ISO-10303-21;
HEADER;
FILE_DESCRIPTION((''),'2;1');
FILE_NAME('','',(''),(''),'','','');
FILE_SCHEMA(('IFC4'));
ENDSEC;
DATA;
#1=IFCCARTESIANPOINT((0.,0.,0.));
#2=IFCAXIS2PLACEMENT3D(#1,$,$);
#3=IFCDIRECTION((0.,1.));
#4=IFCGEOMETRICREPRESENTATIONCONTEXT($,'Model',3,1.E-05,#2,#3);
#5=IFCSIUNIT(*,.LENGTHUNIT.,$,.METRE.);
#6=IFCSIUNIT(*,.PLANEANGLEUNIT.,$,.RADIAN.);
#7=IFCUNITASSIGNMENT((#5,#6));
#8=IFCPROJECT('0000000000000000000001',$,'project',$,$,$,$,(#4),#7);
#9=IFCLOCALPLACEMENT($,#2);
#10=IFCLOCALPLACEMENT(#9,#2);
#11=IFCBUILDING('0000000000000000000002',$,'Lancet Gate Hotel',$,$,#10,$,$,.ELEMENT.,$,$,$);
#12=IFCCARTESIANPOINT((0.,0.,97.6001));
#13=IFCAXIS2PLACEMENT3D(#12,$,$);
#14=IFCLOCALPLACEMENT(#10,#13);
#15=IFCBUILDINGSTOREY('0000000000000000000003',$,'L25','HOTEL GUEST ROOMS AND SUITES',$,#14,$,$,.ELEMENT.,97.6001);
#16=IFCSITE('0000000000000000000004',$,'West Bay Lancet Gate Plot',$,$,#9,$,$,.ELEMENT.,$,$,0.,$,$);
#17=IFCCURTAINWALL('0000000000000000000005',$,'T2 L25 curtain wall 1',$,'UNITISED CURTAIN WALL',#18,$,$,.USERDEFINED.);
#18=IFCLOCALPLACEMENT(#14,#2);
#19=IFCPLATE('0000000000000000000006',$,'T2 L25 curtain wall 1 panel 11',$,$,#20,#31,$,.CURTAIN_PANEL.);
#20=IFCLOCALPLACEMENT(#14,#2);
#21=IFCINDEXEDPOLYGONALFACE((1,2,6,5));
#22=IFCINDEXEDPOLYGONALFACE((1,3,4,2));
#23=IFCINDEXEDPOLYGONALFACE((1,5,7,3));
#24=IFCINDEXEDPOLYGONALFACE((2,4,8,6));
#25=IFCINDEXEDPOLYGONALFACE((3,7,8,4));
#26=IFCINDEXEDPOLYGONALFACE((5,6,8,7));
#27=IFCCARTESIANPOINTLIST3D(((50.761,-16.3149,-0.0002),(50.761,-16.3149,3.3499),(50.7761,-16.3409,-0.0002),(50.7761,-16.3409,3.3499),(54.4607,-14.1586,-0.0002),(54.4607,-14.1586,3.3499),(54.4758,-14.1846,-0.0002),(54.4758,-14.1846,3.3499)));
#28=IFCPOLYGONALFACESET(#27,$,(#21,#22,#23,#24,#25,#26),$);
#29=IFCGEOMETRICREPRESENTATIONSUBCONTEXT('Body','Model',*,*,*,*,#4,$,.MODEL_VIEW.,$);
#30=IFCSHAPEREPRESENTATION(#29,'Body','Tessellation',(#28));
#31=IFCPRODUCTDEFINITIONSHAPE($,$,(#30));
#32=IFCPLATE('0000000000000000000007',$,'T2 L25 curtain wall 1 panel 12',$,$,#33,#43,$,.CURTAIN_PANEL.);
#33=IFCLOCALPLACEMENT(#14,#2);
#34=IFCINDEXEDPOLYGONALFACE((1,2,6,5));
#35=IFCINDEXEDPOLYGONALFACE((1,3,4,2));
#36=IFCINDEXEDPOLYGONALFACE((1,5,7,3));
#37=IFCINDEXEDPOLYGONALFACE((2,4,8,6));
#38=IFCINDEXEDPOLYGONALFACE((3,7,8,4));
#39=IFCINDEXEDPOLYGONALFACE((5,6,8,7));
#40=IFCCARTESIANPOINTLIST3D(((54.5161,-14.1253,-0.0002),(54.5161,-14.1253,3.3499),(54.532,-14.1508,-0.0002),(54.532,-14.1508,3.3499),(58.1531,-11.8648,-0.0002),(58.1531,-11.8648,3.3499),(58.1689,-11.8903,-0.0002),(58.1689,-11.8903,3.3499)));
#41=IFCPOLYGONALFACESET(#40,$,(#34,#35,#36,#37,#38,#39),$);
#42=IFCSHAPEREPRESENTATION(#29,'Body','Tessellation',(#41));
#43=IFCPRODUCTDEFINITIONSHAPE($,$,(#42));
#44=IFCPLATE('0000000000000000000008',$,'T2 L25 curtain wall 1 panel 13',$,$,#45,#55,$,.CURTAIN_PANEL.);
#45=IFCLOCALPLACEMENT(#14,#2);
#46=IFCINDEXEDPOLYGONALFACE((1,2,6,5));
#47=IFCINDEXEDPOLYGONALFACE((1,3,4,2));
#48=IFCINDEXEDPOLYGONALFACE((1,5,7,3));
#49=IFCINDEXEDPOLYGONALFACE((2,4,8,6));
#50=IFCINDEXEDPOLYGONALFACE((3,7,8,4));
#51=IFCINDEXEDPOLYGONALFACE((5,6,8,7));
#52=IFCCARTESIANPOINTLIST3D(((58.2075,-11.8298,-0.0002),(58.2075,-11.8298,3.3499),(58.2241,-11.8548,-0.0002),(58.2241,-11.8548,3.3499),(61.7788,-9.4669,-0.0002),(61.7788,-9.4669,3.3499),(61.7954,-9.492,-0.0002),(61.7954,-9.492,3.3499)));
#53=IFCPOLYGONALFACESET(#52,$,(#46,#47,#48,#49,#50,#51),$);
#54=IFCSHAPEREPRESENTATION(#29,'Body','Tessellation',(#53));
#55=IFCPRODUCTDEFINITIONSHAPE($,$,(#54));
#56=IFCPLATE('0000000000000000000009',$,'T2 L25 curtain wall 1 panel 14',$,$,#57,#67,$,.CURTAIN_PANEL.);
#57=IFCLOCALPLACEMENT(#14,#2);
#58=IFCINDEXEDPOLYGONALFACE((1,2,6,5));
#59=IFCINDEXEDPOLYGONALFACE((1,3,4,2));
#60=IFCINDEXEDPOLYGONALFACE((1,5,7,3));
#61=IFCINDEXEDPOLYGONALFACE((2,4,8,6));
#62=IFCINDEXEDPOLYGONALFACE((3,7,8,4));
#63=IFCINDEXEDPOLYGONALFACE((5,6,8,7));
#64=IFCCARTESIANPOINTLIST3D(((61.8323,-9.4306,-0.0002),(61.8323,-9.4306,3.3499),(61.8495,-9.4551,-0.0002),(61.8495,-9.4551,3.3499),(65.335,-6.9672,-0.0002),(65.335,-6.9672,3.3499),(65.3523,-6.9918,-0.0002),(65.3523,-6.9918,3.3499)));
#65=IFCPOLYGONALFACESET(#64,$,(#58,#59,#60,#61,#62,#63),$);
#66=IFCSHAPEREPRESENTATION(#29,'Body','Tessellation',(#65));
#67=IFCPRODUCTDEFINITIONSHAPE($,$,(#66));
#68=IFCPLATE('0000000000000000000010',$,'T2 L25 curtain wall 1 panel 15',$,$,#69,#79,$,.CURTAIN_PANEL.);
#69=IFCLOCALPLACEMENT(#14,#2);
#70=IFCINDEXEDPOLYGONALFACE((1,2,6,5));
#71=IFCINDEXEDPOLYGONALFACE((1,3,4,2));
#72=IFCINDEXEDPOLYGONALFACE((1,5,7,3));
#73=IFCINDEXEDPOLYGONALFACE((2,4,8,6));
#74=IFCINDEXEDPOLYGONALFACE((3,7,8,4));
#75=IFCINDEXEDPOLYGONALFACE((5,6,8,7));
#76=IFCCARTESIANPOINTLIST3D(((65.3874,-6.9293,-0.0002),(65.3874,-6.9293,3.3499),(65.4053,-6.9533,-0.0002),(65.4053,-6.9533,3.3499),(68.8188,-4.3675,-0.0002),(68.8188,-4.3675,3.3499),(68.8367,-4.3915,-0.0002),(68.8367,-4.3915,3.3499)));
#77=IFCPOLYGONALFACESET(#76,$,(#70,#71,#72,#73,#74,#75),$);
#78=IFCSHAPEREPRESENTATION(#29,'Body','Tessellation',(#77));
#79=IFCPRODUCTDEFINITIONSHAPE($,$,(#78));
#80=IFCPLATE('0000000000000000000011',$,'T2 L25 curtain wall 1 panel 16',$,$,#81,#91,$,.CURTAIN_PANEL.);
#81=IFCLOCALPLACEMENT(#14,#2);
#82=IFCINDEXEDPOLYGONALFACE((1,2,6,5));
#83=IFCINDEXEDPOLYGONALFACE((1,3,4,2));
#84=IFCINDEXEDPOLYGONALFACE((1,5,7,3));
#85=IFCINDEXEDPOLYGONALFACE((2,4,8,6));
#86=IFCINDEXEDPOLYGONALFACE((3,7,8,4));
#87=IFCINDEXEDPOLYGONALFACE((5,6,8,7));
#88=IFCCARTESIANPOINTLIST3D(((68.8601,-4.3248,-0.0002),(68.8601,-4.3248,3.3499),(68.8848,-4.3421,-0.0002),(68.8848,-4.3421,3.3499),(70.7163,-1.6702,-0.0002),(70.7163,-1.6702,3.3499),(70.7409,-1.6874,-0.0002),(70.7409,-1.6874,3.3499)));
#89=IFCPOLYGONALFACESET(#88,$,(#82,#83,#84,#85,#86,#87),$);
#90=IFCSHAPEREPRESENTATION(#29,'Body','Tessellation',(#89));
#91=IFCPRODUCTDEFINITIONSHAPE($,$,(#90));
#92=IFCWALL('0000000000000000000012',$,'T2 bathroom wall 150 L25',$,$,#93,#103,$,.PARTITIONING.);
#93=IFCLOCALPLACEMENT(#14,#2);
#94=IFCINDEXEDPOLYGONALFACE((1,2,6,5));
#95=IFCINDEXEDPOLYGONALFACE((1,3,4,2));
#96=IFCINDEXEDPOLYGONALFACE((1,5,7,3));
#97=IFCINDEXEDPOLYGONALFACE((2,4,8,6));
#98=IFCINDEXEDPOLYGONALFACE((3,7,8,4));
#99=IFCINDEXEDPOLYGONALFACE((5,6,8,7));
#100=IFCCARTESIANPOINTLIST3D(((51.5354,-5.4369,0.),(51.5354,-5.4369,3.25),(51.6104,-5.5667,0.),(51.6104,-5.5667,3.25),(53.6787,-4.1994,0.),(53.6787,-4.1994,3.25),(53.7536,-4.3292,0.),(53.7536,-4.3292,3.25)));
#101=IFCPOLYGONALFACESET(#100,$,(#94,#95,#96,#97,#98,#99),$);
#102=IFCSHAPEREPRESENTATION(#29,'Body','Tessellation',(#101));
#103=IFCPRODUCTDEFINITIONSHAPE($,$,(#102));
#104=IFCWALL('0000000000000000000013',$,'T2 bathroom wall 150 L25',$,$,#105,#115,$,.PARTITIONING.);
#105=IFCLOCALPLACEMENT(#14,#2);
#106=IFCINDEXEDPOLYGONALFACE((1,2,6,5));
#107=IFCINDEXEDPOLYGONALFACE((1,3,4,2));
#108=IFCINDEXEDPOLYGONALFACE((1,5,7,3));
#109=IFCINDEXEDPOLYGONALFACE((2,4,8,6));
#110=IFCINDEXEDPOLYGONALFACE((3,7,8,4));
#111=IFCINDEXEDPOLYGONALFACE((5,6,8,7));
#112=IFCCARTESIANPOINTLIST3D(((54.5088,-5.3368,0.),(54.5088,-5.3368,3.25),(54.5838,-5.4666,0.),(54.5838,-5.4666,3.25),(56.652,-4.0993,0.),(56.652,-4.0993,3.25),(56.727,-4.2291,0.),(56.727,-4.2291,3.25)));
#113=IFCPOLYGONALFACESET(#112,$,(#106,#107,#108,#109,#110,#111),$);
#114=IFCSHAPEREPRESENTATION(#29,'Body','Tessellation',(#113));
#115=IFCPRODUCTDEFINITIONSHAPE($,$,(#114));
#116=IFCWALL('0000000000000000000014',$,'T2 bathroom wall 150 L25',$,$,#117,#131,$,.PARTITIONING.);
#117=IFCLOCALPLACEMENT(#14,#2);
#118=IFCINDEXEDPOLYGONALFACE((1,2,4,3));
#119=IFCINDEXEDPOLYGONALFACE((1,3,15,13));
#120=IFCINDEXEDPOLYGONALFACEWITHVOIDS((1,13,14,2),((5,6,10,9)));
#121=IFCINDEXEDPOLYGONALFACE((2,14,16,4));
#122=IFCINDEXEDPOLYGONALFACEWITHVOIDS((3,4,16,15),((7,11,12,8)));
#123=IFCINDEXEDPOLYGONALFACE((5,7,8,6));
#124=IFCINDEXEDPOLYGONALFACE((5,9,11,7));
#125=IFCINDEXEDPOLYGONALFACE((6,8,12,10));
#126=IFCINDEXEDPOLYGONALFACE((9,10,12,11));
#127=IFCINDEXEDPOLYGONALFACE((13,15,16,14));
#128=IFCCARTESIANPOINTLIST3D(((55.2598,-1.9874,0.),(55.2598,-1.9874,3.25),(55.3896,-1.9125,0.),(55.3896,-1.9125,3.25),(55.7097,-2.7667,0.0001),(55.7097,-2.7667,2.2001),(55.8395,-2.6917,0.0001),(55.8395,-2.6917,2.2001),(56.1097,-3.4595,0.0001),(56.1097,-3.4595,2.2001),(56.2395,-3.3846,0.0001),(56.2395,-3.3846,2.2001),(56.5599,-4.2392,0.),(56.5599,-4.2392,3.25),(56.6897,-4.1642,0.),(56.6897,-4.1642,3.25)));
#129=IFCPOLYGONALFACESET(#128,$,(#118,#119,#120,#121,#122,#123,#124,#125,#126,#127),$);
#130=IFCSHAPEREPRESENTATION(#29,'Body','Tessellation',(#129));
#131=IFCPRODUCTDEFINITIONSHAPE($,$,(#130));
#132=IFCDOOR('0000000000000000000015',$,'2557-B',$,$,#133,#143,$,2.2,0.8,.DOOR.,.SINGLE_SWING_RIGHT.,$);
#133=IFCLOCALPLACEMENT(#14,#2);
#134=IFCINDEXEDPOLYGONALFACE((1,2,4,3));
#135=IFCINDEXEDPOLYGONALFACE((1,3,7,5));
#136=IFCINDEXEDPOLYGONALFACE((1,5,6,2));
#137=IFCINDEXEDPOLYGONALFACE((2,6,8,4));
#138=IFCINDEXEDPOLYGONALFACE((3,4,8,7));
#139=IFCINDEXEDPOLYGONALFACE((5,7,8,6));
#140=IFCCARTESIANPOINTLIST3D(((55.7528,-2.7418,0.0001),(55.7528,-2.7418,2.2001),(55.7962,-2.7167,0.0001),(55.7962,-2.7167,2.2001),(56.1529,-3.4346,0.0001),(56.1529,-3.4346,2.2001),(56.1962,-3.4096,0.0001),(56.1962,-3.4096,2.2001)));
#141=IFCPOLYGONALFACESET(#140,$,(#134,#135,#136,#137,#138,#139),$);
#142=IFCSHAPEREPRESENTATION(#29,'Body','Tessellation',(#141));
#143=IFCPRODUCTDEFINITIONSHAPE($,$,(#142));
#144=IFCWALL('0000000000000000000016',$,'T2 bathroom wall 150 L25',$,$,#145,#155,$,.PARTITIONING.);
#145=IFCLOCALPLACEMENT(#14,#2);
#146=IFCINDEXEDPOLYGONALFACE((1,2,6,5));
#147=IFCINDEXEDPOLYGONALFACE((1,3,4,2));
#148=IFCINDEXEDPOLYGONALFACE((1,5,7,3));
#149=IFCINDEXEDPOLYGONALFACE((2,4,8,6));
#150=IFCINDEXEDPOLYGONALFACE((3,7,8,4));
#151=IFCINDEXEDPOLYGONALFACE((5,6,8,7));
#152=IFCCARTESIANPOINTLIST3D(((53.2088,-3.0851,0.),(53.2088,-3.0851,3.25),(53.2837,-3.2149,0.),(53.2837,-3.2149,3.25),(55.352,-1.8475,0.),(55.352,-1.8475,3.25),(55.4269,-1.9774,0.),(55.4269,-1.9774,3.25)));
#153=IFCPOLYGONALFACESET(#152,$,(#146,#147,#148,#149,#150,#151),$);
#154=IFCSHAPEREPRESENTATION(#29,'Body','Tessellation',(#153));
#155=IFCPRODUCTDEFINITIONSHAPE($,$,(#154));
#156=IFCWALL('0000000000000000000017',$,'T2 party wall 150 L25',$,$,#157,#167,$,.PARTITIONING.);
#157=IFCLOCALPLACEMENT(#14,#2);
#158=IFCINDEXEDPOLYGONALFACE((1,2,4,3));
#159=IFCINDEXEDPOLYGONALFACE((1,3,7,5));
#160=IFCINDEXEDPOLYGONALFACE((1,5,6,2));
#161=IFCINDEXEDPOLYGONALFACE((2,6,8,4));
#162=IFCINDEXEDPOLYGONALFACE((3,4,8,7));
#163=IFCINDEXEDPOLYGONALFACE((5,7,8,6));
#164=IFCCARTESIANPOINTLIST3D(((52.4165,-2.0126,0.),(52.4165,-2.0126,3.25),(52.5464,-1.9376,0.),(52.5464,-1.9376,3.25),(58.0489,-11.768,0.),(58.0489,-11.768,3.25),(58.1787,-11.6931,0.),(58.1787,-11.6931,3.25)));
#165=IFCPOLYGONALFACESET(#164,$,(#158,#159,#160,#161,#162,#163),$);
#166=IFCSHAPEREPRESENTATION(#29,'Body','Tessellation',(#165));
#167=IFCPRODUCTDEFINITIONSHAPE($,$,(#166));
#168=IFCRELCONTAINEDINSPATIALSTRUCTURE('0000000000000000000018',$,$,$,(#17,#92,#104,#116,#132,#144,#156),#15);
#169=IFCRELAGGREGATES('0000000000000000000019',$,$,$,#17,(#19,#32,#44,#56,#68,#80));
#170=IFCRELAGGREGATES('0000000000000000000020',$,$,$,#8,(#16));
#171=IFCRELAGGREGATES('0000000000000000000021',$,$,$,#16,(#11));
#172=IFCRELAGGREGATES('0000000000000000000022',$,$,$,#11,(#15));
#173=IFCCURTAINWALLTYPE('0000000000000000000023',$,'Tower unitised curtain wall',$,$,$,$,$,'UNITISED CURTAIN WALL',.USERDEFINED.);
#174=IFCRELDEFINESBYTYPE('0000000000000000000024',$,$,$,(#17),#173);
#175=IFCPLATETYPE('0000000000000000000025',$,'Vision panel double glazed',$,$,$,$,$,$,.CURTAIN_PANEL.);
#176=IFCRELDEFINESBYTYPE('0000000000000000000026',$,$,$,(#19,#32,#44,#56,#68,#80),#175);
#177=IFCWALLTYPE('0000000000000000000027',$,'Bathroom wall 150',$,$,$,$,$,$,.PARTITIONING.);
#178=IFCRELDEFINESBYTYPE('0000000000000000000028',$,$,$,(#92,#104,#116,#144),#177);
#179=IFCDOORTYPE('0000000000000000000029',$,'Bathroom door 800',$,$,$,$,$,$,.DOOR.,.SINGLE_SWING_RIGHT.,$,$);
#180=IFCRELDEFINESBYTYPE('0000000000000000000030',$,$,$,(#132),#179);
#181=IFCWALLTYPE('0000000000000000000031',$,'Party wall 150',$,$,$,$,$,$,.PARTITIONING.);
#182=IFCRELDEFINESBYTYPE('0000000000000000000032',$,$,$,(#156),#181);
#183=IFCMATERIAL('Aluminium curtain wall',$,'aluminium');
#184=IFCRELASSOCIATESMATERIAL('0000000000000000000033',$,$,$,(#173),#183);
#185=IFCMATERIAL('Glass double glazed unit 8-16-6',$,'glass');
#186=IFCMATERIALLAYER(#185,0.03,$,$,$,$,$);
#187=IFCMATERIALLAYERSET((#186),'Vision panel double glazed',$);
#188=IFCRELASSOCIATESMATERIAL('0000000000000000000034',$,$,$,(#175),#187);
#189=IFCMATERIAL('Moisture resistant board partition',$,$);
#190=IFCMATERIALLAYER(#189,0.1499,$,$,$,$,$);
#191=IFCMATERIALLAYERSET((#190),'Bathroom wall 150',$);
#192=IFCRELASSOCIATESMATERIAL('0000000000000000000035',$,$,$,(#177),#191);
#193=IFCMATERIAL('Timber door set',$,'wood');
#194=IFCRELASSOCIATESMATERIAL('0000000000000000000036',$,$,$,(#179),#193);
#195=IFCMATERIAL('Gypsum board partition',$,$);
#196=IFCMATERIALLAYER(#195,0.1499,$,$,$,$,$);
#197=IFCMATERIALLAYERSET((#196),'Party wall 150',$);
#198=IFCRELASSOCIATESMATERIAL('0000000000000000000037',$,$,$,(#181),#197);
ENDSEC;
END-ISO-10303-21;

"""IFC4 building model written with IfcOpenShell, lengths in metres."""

from ifc_helpers import new_model, si_unit, direction, frame, frame_2d, origin, origin_2d, place, context, subcontext, project, spatial, rectangle, extrude, material, layer, layer_set, type_object, element, fill, aggregate, save


model = new_model("IFC4")

# Units and contexts
model_context = context("Model", 3, precision=1e-05, world=origin(), true_north=direction((0.0, 1.0)))
body_context = subcontext(model_context, "Body", "Model", "MODEL_VIEW")
ifc_project = project(units=[si_unit("LENGTHUNIT", "METRE"), si_unit("PLANEANGLEUNIT", "RADIAN")], contexts=[model_context])

# Site, building, storey
site_placement = place(None, origin())
site = spatial("IfcSite", under=ifc_project, at=site_placement, Name="West Bay Lancet Gate Plot", CompositionType="ELEMENT", RefElevation=0.0)
building_placement = place(site_placement, origin())
building = spatial("IfcBuilding", under=site, at=building_placement, Name="Lancet Gate Hotel", CompositionType="ELEMENT")
storey_placement = place(building_placement, frame((0.0, 0.0, 97.6001)))
storey = spatial("IfcBuildingStorey", under=building, at=storey_placement, Name="L25", Description="HOTEL GUEST ROOMS AND SUITES", CompositionType="ELEMENT", Elevation=97.6001)

# Curtain wall
ifc_material_1 = material(Name="Aluminium curtain wall", Category="aluminium")
curtain_wall_type = type_object("IfcCurtainWallType", Name="Tower unitised curtain wall", ElementType="UNITISED CURTAIN WALL", PredefinedType="USERDEFINED", material=ifc_material_1)
curtain_wall_placement = place(storey_placement, origin())
curtain_wall = element("IfcCurtainWall", 1, at=curtain_wall_placement, inside=storey, type_object=curtain_wall_type, Name="T2 L25 curtain wall 1", ObjectType="UNITISED CURTAIN WALL", PredefinedType="USERDEFINED")

# Plates
ifc_material_2 = material(Name="Glass double glazed unit 8-16-6", Category="glass")
ifc_layer_1 = layer(ifc_material_2, 0.03)
ifc_layer_set_1 = layer_set([ifc_layer_1], Name="Vision panel double glazed")
plate_type = type_object("IfcPlateType", Name="Vision panel double glazed", PredefinedType="CURTAIN_PANEL", material=ifc_layer_set_1)
plate_1_placement = place(storey_placement, frame((52.6184, -15.2498, -0.0002), z_axis=(0.0, 0.0, 1.0), x_axis=(0.863966, 0.503551, 0.0)))
plate_1 = element("IfcPlate", 2, at=plate_1_placement, type_object=plate_type, Name="T2 L25 curtain wall 1 panel 11", PredefinedType="CURTAIN_PANEL", context=body_context, shape_type="SweptSolid", body=[
    extrude(rectangle(XDim=4.2822, YDim=0.03, at=origin_2d()), origin(), (0.0, 0.0, 1.0), 3.3501),
])
plate_2_placement = place(storey_placement, frame((56.3425, -13.0078, -0.0002), z_axis=(0.0, 0.0, 1.0), x_axis=(0.849318, 0.527882, 0.0)))
plate_2 = element("IfcPlate", 3, at=plate_2_placement, type_object=plate_type, Name="T2 L25 curtain wall 1 panel 12", PredefinedType="CURTAIN_PANEL", context=body_context, shape_type="SweptSolid", body=[
    extrude(rectangle(XDim=4.2822, YDim=0.03, at=origin_2d()), origin(), (0.0, 0.0, 1.0), 3.3501),
])
plate_3_placement = place(storey_placement, frame((60.0015, -10.6609, -0.0002), z_axis=(0.0, 0.0, 1.0), x_axis=(0.833985, 0.551787, 0.0)))
plate_3 = element("IfcPlate", 4, at=plate_3_placement, type_object=plate_type, Name="T2 L25 curtain wall 1 panel 13", PredefinedType="CURTAIN_PANEL", context=body_context, shape_type="SweptSolid", body=[
    extrude(rectangle(XDim=4.2822, YDim=0.03, at=origin_2d()), origin(), (0.0, 0.0, 1.0), 3.3501),
])
plate_4_placement = place(storey_placement, frame((63.5923, -8.2112, -0.0002), z_axis=(0.0, 0.0, 1.0), x_axis=(0.817979, 0.575247, 0.0)))
plate_4 = element("IfcPlate", 5, at=plate_4_placement, type_object=plate_type, Name="T2 L25 curtain wall 1 panel 14", PredefinedType="CURTAIN_PANEL", context=body_context, shape_type="SweptSolid", body=[
    extrude(rectangle(XDim=4.2822, YDim=0.03, at=origin_2d()), origin(), (0.0, 0.0, 1.0), 3.3501),
])
plate_5_placement = place(storey_placement, frame((67.1121, -5.6604, -0.0002), z_axis=(0.0, 0.0, 1.0), x_axis=(0.801314, 0.598244, 0.0)))
plate_5 = element("IfcPlate", 6, at=plate_5_placement, type_object=plate_type, Name="T2 L25 curtain wall 1 panel 15", PredefinedType="CURTAIN_PANEL", context=body_context, shape_type="SweptSolid", body=[
    extrude(rectangle(XDim=4.2822, YDim=0.03, at=origin_2d()), origin(), (0.0, 0.0, 1.0), 3.3501),
])
plate_6_placement = place(storey_placement, frame((69.8005, -3.0061, -0.0002), z_axis=(0.0, 0.0, 1.0), x_axis=(0.573025, 0.819538, 0.0)))
plate_6 = element("IfcPlate", 7, at=plate_6_placement, type_object=plate_type, Name="T2 L25 curtain wall 1 panel 16", PredefinedType="CURTAIN_PANEL", context=body_context, shape_type="SweptSolid", body=[
    extrude(rectangle(XDim=3.2393, YDim=0.03, at=origin_2d()), origin(), (0.0, 0.0, 1.0), 3.3501),
])
aggregate(curtain_wall, [plate_1, plate_2, plate_3, plate_4, plate_5, plate_6])

# Walls
ifc_material_3 = material(Name="Moisture resistant board partition")
ifc_layer_2 = layer(ifc_material_3, 0.1499)
ifc_layer_set_2 = layer_set([ifc_layer_2], Name="Bathroom wall 150")
wall_type_1 = type_object("IfcWallType", Name="Bathroom wall 150", PredefinedType="PARTITIONING", material=ifc_layer_set_2)
for number, where, z_axis, x_axis, name in (
    (8, (51.573, -5.5017, 0.0), (0.0, 0.0, 1.0), (0.866007, 0.500033, 0.0), "T2 bathroom wall 150 L25"),
    (9, (54.5464, -5.4016, 0.0), (0.0, 0.0, 1.0), (0.866007, 0.500033, 0.0), "T2 bathroom wall 150 L25"),
):
    element("IfcWall", number, at=place(storey_placement, frame(where, z_axis=z_axis, x_axis=x_axis)), inside=storey, type_object=wall_type_1, Name=name, PredefinedType="PARTITIONING", context=body_context, shape_type="SweptSolid", body=[
        extrude(rectangle(XDim=2.4749, YDim=0.1499, at=frame_2d((1.2373, 0.0))), origin(), (0.0, 0.0, 1.0), 3.25),
    ])

# Wall, opening, door
wall_1_placement = place(storey_placement, frame((55.3247, -1.95, 0.0), z_axis=(0.0, 0.0, 1.0), x_axis=(0.500007, -0.866021, 0.0)))
wall_1 = element("IfcWall", 10, at=wall_1_placement, inside=storey, type_object=wall_type_1, Name="T2 bathroom wall 150 L25", PredefinedType="PARTITIONING", context=body_context, shape_type="SweptSolid", body=[
    extrude(rectangle(XDim=2.6001, YDim=0.1499, at=frame_2d((1.3, 0.0))), origin(), (0.0, 0.0, 1.0), 3.25),
])
opening_placement = place(wall_1_placement, frame((0.8999, 0.0, 0.0)))
opening = element("IfcOpeningElement", 11, at=opening_placement, cuts=wall_1, PredefinedType="OPENING", context=body_context, shape_type="SweptSolid", body=[
    extrude(rectangle(XDim=0.8, YDim=2.2, at=frame_2d((0.3999, 1.1001))), frame((0.0, 0.085, 0.0), z_axis=(0.0, -1.0, 0.0), x_axis=(1.0, 0.0, 0.0)), (0.0, 0.0, 1.0), 0.1699),
])
ifc_material_4 = material(Name="Timber door set", Category="wood")
door_type = type_object("IfcDoorType", Name="Bathroom door 800", OperationType="SINGLE_SWING_RIGHT", PredefinedType="DOOR", material=ifc_material_4)
door_placement = place(opening_placement, origin())
door = element("IfcDoor", 12, at=door_placement, inside=storey, type_object=door_type, Name="2557-B", OperationType="SINGLE_SWING_RIGHT", OverallHeight=2.2, OverallWidth=0.8, PredefinedType="DOOR", context=body_context, shape_type="SweptSolid", body=[
    extrude(rectangle(XDim=0.8, YDim=2.2, at=frame_2d((0.3999, 1.1001))), frame((0.0, 0.0249, 0.0), z_axis=(0.0, -1.0, 0.0), x_axis=(1.0, 0.0, 0.0)), (0.0, 0.0, 1.0), 0.05),
])
fill(opening, door)

# Walls
wall_2_placement = place(storey_placement, frame((53.2463, -3.1499, 0.0), z_axis=(0.0, 0.0, 1.0), x_axis=(0.866007, 0.500033, 0.0)))
element("IfcWall", 13, at=wall_2_placement, inside=storey, type_object=wall_type_1, Name="T2 bathroom wall 150 L25", PredefinedType="PARTITIONING", context=body_context, shape_type="SweptSolid", body=[
    extrude(rectangle(XDim=2.4749, YDim=0.1499, at=frame_2d((1.2373, 0.0))), origin(), (0.0, 0.0, 1.0), 3.25),
])
ifc_material_5 = material(Name="Gypsum board partition")
ifc_layer_3 = layer(ifc_material_5, 0.1499)
ifc_layer_set_3 = layer_set([ifc_layer_3], Name="Party wall 150")
wall_type_2 = type_object("IfcWallType", Name="Party wall 150", PredefinedType="PARTITIONING", material=ifc_layer_set_3)
wall_3_placement = place(storey_placement, frame((52.4814, -1.9751, 0.0), z_axis=(0.0, 0.0, 1.0), x_axis=(0.500004, -0.866023, 0.0)))
element("IfcWall", 14, at=wall_3_placement, inside=storey, type_object=wall_type_2, Name="T2 party wall 150 L25", PredefinedType="PARTITIONING", context=body_context, shape_type="SweptSolid", body=[
    extrude(rectangle(XDim=11.2646, YDim=0.1499, at=frame_2d((5.6323, 0.0))), origin(), (0.0, 0.0, 1.0), 3.25),
])

save(model, "model.ifc")
